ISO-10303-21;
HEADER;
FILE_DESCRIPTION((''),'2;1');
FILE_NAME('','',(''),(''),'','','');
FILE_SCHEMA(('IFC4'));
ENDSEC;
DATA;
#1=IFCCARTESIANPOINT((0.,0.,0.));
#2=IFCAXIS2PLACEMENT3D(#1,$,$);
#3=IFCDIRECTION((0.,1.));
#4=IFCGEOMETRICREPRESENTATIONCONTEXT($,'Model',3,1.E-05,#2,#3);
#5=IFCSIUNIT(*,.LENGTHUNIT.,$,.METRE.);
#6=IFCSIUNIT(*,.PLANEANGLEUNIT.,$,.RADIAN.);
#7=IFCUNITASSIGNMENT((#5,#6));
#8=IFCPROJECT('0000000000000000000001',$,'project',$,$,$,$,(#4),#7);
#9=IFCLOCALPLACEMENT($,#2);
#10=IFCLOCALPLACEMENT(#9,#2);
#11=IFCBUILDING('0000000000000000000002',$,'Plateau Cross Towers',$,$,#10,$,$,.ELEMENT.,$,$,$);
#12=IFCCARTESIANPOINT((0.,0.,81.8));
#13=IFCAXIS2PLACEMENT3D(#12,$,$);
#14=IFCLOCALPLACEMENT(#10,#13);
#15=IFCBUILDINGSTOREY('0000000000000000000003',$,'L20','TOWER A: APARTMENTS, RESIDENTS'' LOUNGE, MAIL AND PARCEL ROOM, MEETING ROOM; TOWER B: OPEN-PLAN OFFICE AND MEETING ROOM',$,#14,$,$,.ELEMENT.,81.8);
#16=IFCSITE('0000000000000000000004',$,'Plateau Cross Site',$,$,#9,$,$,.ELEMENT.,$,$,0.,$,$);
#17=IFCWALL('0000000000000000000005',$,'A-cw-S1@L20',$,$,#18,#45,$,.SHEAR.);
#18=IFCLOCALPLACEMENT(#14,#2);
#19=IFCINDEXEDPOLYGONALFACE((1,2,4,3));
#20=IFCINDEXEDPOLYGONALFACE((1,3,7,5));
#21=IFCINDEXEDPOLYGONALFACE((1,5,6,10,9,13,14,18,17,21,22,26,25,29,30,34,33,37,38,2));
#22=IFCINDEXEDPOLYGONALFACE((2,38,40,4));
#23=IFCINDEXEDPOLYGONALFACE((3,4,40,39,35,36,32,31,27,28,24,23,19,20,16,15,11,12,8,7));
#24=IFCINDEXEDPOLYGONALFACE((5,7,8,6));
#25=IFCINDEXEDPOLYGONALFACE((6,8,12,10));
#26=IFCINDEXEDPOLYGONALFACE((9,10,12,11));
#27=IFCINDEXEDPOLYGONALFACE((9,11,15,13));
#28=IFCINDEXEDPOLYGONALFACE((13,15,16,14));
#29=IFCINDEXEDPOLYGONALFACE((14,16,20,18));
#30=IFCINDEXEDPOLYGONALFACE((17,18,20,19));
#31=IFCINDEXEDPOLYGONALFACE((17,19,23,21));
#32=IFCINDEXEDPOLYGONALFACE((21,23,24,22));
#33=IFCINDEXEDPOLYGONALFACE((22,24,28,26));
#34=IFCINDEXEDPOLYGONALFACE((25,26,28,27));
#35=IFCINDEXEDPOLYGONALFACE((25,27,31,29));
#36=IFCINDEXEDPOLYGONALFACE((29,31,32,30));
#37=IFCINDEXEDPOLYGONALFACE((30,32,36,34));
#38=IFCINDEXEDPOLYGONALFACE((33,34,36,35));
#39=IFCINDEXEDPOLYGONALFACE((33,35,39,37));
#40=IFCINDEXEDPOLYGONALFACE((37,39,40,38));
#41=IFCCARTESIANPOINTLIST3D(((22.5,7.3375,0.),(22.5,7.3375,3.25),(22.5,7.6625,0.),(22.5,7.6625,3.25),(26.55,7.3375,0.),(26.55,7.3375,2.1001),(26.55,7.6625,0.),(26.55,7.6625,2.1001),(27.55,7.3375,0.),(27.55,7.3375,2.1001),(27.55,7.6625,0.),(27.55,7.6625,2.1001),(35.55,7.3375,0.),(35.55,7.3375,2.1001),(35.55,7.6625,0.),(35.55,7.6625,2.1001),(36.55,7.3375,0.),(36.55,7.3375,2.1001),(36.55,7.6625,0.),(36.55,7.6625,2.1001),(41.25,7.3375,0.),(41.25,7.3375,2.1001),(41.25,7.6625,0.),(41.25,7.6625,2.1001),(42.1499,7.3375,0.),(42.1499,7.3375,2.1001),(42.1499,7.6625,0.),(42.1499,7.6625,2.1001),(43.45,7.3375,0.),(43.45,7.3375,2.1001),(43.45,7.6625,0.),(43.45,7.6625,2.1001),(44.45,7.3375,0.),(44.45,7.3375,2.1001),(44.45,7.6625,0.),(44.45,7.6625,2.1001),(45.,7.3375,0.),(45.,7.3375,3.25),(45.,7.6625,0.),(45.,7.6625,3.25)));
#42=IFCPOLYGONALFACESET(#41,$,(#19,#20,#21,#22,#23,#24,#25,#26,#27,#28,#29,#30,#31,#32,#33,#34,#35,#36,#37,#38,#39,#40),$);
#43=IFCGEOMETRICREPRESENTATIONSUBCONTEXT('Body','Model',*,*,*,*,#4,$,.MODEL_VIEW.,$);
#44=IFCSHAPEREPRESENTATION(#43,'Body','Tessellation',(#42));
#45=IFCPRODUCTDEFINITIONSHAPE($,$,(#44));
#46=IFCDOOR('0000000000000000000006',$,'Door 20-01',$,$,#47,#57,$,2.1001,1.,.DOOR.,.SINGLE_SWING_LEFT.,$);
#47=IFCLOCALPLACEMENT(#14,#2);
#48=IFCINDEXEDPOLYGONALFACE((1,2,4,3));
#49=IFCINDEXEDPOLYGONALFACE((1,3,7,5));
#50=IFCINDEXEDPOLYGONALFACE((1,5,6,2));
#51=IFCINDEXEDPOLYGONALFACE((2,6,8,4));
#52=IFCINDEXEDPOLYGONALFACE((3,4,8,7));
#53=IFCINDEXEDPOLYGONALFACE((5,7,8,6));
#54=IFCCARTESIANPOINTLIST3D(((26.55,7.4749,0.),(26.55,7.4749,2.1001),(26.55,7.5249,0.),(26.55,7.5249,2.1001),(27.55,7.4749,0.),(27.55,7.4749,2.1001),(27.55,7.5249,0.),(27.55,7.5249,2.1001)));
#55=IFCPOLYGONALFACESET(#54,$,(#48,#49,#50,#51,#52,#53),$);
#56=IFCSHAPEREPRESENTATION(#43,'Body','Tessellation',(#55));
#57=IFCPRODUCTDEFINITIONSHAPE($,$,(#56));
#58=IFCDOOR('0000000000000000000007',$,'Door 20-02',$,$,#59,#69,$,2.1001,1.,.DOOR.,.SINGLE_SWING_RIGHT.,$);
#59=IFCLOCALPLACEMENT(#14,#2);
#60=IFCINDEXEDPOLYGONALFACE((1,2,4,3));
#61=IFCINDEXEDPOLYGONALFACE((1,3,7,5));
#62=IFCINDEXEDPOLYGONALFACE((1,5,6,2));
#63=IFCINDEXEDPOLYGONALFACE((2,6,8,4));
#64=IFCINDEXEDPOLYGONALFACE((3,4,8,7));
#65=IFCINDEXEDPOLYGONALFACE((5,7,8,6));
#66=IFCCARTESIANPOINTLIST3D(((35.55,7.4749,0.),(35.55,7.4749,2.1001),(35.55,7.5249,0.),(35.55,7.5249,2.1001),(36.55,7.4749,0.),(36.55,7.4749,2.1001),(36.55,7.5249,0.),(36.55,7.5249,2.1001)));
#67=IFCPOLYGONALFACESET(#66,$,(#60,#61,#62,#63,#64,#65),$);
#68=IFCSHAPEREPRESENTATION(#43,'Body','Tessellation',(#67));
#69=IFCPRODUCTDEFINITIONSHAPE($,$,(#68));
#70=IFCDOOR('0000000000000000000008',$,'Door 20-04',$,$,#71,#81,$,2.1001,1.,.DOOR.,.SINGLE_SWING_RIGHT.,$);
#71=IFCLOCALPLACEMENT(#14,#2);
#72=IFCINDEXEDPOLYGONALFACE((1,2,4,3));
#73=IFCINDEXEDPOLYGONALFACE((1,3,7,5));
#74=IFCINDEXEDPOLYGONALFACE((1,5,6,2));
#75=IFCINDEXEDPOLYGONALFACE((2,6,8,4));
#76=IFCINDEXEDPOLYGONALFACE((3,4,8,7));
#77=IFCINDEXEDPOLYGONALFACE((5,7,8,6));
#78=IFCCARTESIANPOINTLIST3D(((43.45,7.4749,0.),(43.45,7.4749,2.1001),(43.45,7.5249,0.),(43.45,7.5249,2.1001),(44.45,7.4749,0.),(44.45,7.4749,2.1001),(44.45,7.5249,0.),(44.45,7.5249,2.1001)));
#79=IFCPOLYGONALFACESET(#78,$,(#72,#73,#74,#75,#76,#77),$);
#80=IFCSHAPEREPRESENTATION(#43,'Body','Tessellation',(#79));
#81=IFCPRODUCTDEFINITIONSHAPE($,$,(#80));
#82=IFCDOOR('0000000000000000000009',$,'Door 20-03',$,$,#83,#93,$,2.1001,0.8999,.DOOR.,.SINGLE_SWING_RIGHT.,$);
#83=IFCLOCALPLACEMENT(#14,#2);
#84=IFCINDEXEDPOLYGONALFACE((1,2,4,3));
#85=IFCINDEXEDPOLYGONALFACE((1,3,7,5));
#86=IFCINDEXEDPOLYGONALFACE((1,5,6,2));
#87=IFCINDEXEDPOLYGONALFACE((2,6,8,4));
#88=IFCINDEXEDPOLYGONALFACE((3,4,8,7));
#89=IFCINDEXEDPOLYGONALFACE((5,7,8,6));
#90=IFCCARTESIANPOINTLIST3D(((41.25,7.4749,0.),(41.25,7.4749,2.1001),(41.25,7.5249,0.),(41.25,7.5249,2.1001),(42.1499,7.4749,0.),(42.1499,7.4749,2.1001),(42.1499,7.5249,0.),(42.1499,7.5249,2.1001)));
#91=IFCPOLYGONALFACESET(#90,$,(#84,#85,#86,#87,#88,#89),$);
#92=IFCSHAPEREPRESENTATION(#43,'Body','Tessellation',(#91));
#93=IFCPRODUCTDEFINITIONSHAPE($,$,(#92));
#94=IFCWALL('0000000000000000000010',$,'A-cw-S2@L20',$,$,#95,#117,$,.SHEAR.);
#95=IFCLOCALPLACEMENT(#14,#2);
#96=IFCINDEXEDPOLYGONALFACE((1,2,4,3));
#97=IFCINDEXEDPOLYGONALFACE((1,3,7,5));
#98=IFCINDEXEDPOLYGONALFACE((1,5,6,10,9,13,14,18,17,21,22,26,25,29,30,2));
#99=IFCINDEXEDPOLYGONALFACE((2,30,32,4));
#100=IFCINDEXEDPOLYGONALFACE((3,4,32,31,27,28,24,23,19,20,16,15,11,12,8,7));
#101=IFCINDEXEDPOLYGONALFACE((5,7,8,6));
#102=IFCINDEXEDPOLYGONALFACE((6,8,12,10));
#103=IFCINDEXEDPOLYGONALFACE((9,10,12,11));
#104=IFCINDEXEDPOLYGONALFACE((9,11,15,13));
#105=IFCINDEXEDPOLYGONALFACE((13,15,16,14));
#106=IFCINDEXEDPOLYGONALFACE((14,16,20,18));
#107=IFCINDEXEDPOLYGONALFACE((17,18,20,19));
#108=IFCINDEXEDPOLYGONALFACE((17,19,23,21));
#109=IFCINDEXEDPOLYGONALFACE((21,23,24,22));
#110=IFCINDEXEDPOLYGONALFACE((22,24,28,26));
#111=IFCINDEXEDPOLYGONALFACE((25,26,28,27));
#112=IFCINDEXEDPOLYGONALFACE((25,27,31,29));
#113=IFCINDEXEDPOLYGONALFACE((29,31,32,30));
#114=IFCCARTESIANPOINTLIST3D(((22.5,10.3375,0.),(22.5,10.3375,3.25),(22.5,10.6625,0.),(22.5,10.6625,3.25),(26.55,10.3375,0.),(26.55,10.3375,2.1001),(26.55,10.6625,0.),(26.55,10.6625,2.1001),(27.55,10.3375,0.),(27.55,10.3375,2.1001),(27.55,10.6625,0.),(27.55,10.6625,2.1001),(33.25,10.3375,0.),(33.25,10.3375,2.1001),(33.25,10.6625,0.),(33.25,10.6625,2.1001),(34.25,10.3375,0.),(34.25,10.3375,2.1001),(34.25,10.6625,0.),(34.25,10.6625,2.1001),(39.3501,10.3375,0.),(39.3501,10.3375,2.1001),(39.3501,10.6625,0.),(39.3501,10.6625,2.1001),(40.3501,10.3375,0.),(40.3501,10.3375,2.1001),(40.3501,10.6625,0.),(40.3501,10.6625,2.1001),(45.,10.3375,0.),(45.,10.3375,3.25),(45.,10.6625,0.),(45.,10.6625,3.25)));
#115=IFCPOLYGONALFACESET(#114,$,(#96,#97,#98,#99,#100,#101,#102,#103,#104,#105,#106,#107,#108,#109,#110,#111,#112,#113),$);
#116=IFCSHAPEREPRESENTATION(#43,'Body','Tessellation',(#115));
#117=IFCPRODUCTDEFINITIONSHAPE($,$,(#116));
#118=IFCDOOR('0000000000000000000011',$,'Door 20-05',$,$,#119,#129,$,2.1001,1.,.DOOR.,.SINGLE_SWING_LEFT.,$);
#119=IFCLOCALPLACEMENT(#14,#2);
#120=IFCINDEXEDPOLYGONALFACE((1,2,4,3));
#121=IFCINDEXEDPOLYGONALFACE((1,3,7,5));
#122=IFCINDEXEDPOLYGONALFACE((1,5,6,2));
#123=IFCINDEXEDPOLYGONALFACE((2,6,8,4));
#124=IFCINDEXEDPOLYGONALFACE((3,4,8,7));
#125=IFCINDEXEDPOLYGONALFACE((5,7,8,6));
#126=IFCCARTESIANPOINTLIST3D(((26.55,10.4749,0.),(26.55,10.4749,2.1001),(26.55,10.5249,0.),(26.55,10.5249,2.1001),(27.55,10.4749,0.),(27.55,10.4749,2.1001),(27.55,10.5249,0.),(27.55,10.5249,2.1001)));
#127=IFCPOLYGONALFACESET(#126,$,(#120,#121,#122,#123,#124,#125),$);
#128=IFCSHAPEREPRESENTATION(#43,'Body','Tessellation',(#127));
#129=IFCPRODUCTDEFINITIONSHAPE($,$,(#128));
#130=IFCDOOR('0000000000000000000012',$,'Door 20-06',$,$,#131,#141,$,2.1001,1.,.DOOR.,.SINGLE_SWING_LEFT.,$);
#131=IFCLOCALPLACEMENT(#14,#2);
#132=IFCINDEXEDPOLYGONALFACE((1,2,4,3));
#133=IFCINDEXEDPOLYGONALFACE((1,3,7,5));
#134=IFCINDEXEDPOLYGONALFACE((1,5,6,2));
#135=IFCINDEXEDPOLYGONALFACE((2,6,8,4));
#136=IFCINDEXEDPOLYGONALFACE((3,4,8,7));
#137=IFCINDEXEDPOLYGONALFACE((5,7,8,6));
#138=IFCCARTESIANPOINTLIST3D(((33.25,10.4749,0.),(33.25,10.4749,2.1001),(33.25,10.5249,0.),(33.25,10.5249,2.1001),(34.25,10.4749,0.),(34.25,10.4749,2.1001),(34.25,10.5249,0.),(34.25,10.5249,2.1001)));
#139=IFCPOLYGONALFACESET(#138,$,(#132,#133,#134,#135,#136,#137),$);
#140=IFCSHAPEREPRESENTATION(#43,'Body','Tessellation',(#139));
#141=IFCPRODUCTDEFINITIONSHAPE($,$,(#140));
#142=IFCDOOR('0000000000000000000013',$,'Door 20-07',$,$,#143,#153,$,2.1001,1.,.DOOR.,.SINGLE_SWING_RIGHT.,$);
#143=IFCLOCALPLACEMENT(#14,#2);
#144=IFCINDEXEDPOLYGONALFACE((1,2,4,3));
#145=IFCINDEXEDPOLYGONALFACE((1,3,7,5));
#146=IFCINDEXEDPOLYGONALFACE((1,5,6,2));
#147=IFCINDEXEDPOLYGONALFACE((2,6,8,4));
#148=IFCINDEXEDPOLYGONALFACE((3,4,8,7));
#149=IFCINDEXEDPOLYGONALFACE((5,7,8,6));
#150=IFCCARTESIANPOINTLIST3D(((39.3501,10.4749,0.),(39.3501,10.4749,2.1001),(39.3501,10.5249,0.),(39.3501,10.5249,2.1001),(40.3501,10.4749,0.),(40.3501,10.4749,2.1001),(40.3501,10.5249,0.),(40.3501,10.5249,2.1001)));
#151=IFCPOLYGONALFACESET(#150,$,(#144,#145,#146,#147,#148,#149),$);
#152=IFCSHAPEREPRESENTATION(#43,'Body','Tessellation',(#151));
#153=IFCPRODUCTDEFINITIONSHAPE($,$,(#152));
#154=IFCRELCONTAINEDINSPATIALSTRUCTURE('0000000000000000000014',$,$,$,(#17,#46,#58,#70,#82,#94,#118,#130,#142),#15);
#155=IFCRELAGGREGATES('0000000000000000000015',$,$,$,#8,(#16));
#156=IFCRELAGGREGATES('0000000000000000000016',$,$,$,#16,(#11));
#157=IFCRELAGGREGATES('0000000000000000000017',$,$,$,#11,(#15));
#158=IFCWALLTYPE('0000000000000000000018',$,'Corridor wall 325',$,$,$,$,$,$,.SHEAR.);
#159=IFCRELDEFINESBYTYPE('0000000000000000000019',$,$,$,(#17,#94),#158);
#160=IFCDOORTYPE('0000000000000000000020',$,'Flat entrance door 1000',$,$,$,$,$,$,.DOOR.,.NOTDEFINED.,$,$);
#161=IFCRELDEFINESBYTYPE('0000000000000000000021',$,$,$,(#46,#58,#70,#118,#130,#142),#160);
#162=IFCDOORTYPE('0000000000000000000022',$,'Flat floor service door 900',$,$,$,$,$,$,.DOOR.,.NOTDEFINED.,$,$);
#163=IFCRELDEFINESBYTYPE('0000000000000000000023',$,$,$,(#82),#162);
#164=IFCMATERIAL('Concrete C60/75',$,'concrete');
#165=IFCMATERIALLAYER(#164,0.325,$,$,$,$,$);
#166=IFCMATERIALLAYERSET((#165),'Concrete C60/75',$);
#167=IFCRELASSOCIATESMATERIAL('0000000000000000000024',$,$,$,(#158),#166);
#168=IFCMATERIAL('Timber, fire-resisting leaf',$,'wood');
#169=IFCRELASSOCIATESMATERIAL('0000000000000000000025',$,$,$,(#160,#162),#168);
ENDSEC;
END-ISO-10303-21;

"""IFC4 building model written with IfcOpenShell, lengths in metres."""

from ifc_helpers import new_model, si_unit, direction, frame, frame_2d, origin, place, context, subcontext, project, spatial, rectangle, extrude, material, layer, layer_set, type_object, element, fill, save


model = new_model("IFC4")

# Units and contexts
model_context = context("Model", 3, precision=1e-05, world=origin(), true_north=direction((0.0, 1.0)))
body_context = subcontext(model_context, "Body", "Model", "MODEL_VIEW")
ifc_project = project(units=[si_unit("LENGTHUNIT", "METRE"), si_unit("PLANEANGLEUNIT", "RADIAN")], contexts=[model_context])

# Site, building, storey
site_placement = place(None, origin())
site = spatial("IfcSite", under=ifc_project, at=site_placement, Name="Plateau Cross Site", CompositionType="ELEMENT", RefElevation=0.0)
building_placement = place(site_placement, origin())
building = spatial("IfcBuilding", under=site, at=building_placement, Name="Plateau Cross Towers", CompositionType="ELEMENT")
storey_placement = place(building_placement, frame((0.0, 0.0, 81.8)))
storey = spatial("IfcBuildingStorey", under=building, at=storey_placement, Name="L20", Description="TOWER A: APARTMENTS, RESIDENTS' LOUNGE, MAIL AND PARCEL ROOM, MEETING ROOM; TOWER B: OPEN-PLAN OFFICE AND MEETING ROOM", CompositionType="ELEMENT", Elevation=81.8)

# Shared definitions
ifc_material_1 = material(Name="Concrete C60/75", Category="concrete")

# Walls, openings, doors
ifc_layer_1 = layer(ifc_material_1, 0.325)
ifc_layer_set_1 = layer_set([ifc_layer_1], Name="Concrete C60/75")
wall_type_1 = type_object("IfcWallType", Name="Corridor wall 325", PredefinedType="SHEAR", material=ifc_layer_set_1)
wall_1_placement = place(storey_placement, frame((22.5, 7.5, 0.0), z_axis=(0.0, 0.0, 1.0), x_axis=(1.0, 0.0, 0.0)))
wall_1 = element("IfcWall", 1, at=wall_1_placement, inside=storey, type_object=wall_type_1, Name="A-cw-S1@L20", PredefinedType="SHEAR", context=body_context, shape_type="SweptSolid", body=[
    extrude(rectangle(XDim=22.5, YDim=0.325, at=frame_2d((11.25, 0.0))), origin(), (0.0, 0.0, 1.0), 3.25),
])
opening_1_placement = place(wall_1_placement, frame((4.05, 0.0, 0.0)))
opening_1 = element("IfcOpeningElement", 2, at=opening_1_placement, cuts=wall_1, PredefinedType="OPENING", context=body_context, shape_type="SweptSolid", body=[
    extrude(rectangle(XDim=1.0, YDim=2.1001, at=frame_2d((0.5, 1.05))), frame((0.0, 0.1724, 0.0), z_axis=(0.0, -1.0, 0.0), x_axis=(1.0, 0.0, 0.0)), (0.0, 0.0, 1.0), 0.345),
])
opening_2_placement = place(wall_1_placement, frame((13.05, 0.0, 0.0)))
opening_2 = element("IfcOpeningElement", 3, at=opening_2_placement, cuts=wall_1, PredefinedType="OPENING", context=body_context, shape_type="SweptSolid", body=[
    extrude(rectangle(XDim=1.0, YDim=2.1001, at=frame_2d((0.5, 1.05))), frame((0.0, 0.1724, 0.0), z_axis=(0.0, -1.0, 0.0), x_axis=(1.0, 0.0, 0.0)), (0.0, 0.0, 1.0), 0.345),
])
opening_3_placement = place(wall_1_placement, frame((18.75, 0.0, 0.0)))
opening_3 = element("IfcOpeningElement", 4, at=opening_3_placement, cuts=wall_1, PredefinedType="OPENING", context=body_context, shape_type="SweptSolid", body=[
    extrude(rectangle(XDim=0.8999, YDim=2.1001, at=frame_2d((0.45, 1.05))), frame((0.0, 0.1724, 0.0), z_axis=(0.0, -1.0, 0.0), x_axis=(1.0, 0.0, 0.0)), (0.0, 0.0, 1.0), 0.345),
])
opening_4_placement = place(wall_1_placement, frame((20.95, 0.0, 0.0)))
opening_4 = element("IfcOpeningElement", 5, at=opening_4_placement, cuts=wall_1, PredefinedType="OPENING", context=body_context, shape_type="SweptSolid", body=[
    extrude(rectangle(XDim=1.0, YDim=2.1001, at=frame_2d((0.5, 1.05))), frame((0.0, 0.1724, 0.0), z_axis=(0.0, -1.0, 0.0), x_axis=(1.0, 0.0, 0.0)), (0.0, 0.0, 1.0), 0.345),
])
ifc_material_2 = material(Name="Timber, fire-resisting leaf", Category="wood")
door_type_1 = type_object("IfcDoorType", Name="Flat entrance door 1000", OperationType="NOTDEFINED", PredefinedType="DOOR", material=ifc_material_2)
door_1_placement = place(opening_1_placement, origin())
door_1 = element("IfcDoor", 6, at=door_1_placement, inside=storey, type_object=door_type_1, Name="Door 20-01", OperationType="SINGLE_SWING_LEFT", OverallHeight=2.1001, OverallWidth=1.0, PredefinedType="DOOR", context=body_context, shape_type="SweptSolid", body=[
    extrude(rectangle(XDim=1.0, YDim=2.1001, at=frame_2d((0.5, 1.05))), frame((0.0, 0.0249, 0.0), z_axis=(0.0, -1.0, 0.0), x_axis=(1.0, 0.0, 0.0)), (0.0, 0.0, 1.0), 0.05),
])
fill(opening_1, door_1)
door_2_placement = place(opening_2_placement, origin())
door_2 = element("IfcDoor", 7, at=door_2_placement, inside=storey, type_object=door_type_1, Name="Door 20-02", OperationType="SINGLE_SWING_RIGHT", OverallHeight=2.1001, OverallWidth=1.0, PredefinedType="DOOR", context=body_context, shape_type="SweptSolid", body=[
    extrude(rectangle(XDim=1.0, YDim=2.1001, at=frame_2d((0.5, 1.05))), frame((0.0, 0.0249, 0.0), z_axis=(0.0, -1.0, 0.0), x_axis=(1.0, 0.0, 0.0)), (0.0, 0.0, 1.0), 0.05),
])
fill(opening_2, door_2)
door_3_placement = place(opening_4_placement, origin())
door_3 = element("IfcDoor", 8, at=door_3_placement, inside=storey, type_object=door_type_1, Name="Door 20-04", OperationType="SINGLE_SWING_RIGHT", OverallHeight=2.1001, OverallWidth=1.0, PredefinedType="DOOR", context=body_context, shape_type="SweptSolid", body=[
    extrude(rectangle(XDim=1.0, YDim=2.1001, at=frame_2d((0.5, 1.05))), frame((0.0, 0.0249, 0.0), z_axis=(0.0, -1.0, 0.0), x_axis=(1.0, 0.0, 0.0)), (0.0, 0.0, 1.0), 0.05),
])
fill(opening_4, door_3)
door_type_2 = type_object("IfcDoorType", Name="Flat floor service door 900", OperationType="NOTDEFINED", PredefinedType="DOOR", material=ifc_material_2)
door_4_placement = place(opening_3_placement, origin())
door_4 = element("IfcDoor", 9, at=door_4_placement, inside=storey, type_object=door_type_2, Name="Door 20-03", OperationType="SINGLE_SWING_RIGHT", OverallHeight=2.1001, OverallWidth=0.8999, PredefinedType="DOOR", context=body_context, shape_type="SweptSolid", body=[
    extrude(rectangle(XDim=0.8999, YDim=2.1001, at=frame_2d((0.45, 1.05))), frame((0.0, 0.0249, 0.0), z_axis=(0.0, -1.0, 0.0), x_axis=(1.0, 0.0, 0.0)), (0.0, 0.0, 1.0), 0.05),
])
fill(opening_3, door_4)
wall_2_placement = place(storey_placement, frame((22.5, 10.5, 0.0), z_axis=(0.0, 0.0, 1.0), x_axis=(1.0, 0.0, 0.0)))
wall_2 = element("IfcWall", 10, at=wall_2_placement, inside=storey, type_object=wall_type_1, Name="A-cw-S2@L20", PredefinedType="SHEAR", context=body_context, shape_type="SweptSolid", body=[
    extrude(rectangle(XDim=22.5, YDim=0.325, at=frame_2d((11.25, 0.0))), origin(), (0.0, 0.0, 1.0), 3.25),
])
opening_5_placement = place(wall_2_placement, frame((4.05, 0.0, 0.0)))
opening_5 = element("IfcOpeningElement", 11, at=opening_5_placement, cuts=wall_2, PredefinedType="OPENING", context=body_context, shape_type="SweptSolid", body=[
    extrude(rectangle(XDim=1.0, YDim=2.1001, at=frame_2d((0.5, 1.05))), frame((0.0, 0.1724, 0.0), z_axis=(0.0, -1.0, 0.0), x_axis=(1.0, 0.0, 0.0)), (0.0, 0.0, 1.0), 0.345),
])
opening_6_placement = place(wall_2_placement, frame((10.75, 0.0, 0.0)))
opening_6 = element("IfcOpeningElement", 12, at=opening_6_placement, cuts=wall_2, PredefinedType="OPENING", context=body_context, shape_type="SweptSolid", body=[
    extrude(rectangle(XDim=1.0, YDim=2.1001, at=frame_2d((0.5, 1.05))), frame((0.0, 0.1724, 0.0), z_axis=(0.0, -1.0, 0.0), x_axis=(1.0, 0.0, 0.0)), (0.0, 0.0, 1.0), 0.345),
])
opening_7_placement = place(wall_2_placement, frame((16.8501, 0.0, 0.0)))
opening_7 = element("IfcOpeningElement", 13, at=opening_7_placement, cuts=wall_2, PredefinedType="OPENING", context=body_context, shape_type="SweptSolid", body=[
    extrude(rectangle(XDim=1.0, YDim=2.1001, at=frame_2d((0.5, 1.05))), frame((0.0, 0.1724, 0.0), z_axis=(0.0, -1.0, 0.0), x_axis=(1.0, 0.0, 0.0)), (0.0, 0.0, 1.0), 0.345),
])
door_5_placement = place(opening_5_placement, origin())
door_5 = element("IfcDoor", 14, at=door_5_placement, inside=storey, type_object=door_type_1, Name="Door 20-05", OperationType="SINGLE_SWING_LEFT", OverallHeight=2.1001, OverallWidth=1.0, PredefinedType="DOOR", context=body_context, shape_type="SweptSolid", body=[
    extrude(rectangle(XDim=1.0, YDim=2.1001, at=frame_2d((0.5, 1.05))), frame((0.0, 0.0249, 0.0), z_axis=(0.0, -1.0, 0.0), x_axis=(1.0, 0.0, 0.0)), (0.0, 0.0, 1.0), 0.05),
])
fill(opening_5, door_5)
door_6_placement = place(opening_6_placement, origin())
door_6 = element("IfcDoor", 15, at=door_6_placement, inside=storey, type_object=door_type_1, Name="Door 20-06", OperationType="SINGLE_SWING_LEFT", OverallHeight=2.1001, OverallWidth=1.0, PredefinedType="DOOR", context=body_context, shape_type="SweptSolid", body=[
    extrude(rectangle(XDim=1.0, YDim=2.1001, at=frame_2d((0.5, 1.05))), frame((0.0, 0.0249, 0.0), z_axis=(0.0, -1.0, 0.0), x_axis=(1.0, 0.0, 0.0)), (0.0, 0.0, 1.0), 0.05),
])
fill(opening_6, door_6)
door_7_placement = place(opening_7_placement, origin())
door_7 = element("IfcDoor", 16, at=door_7_placement, inside=storey, type_object=door_type_1, Name="Door 20-07", OperationType="SINGLE_SWING_RIGHT", OverallHeight=2.1001, OverallWidth=1.0, PredefinedType="DOOR", context=body_context, shape_type="SweptSolid", body=[
    extrude(rectangle(XDim=1.0, YDim=2.1001, at=frame_2d((0.5, 1.05))), frame((0.0, 0.0249, 0.0), z_axis=(0.0, -1.0, 0.0), x_axis=(1.0, 0.0, 0.0)), (0.0, 0.0, 1.0), 0.05),
])
fill(opening_7, door_7)

save(model, "model.ifc")
